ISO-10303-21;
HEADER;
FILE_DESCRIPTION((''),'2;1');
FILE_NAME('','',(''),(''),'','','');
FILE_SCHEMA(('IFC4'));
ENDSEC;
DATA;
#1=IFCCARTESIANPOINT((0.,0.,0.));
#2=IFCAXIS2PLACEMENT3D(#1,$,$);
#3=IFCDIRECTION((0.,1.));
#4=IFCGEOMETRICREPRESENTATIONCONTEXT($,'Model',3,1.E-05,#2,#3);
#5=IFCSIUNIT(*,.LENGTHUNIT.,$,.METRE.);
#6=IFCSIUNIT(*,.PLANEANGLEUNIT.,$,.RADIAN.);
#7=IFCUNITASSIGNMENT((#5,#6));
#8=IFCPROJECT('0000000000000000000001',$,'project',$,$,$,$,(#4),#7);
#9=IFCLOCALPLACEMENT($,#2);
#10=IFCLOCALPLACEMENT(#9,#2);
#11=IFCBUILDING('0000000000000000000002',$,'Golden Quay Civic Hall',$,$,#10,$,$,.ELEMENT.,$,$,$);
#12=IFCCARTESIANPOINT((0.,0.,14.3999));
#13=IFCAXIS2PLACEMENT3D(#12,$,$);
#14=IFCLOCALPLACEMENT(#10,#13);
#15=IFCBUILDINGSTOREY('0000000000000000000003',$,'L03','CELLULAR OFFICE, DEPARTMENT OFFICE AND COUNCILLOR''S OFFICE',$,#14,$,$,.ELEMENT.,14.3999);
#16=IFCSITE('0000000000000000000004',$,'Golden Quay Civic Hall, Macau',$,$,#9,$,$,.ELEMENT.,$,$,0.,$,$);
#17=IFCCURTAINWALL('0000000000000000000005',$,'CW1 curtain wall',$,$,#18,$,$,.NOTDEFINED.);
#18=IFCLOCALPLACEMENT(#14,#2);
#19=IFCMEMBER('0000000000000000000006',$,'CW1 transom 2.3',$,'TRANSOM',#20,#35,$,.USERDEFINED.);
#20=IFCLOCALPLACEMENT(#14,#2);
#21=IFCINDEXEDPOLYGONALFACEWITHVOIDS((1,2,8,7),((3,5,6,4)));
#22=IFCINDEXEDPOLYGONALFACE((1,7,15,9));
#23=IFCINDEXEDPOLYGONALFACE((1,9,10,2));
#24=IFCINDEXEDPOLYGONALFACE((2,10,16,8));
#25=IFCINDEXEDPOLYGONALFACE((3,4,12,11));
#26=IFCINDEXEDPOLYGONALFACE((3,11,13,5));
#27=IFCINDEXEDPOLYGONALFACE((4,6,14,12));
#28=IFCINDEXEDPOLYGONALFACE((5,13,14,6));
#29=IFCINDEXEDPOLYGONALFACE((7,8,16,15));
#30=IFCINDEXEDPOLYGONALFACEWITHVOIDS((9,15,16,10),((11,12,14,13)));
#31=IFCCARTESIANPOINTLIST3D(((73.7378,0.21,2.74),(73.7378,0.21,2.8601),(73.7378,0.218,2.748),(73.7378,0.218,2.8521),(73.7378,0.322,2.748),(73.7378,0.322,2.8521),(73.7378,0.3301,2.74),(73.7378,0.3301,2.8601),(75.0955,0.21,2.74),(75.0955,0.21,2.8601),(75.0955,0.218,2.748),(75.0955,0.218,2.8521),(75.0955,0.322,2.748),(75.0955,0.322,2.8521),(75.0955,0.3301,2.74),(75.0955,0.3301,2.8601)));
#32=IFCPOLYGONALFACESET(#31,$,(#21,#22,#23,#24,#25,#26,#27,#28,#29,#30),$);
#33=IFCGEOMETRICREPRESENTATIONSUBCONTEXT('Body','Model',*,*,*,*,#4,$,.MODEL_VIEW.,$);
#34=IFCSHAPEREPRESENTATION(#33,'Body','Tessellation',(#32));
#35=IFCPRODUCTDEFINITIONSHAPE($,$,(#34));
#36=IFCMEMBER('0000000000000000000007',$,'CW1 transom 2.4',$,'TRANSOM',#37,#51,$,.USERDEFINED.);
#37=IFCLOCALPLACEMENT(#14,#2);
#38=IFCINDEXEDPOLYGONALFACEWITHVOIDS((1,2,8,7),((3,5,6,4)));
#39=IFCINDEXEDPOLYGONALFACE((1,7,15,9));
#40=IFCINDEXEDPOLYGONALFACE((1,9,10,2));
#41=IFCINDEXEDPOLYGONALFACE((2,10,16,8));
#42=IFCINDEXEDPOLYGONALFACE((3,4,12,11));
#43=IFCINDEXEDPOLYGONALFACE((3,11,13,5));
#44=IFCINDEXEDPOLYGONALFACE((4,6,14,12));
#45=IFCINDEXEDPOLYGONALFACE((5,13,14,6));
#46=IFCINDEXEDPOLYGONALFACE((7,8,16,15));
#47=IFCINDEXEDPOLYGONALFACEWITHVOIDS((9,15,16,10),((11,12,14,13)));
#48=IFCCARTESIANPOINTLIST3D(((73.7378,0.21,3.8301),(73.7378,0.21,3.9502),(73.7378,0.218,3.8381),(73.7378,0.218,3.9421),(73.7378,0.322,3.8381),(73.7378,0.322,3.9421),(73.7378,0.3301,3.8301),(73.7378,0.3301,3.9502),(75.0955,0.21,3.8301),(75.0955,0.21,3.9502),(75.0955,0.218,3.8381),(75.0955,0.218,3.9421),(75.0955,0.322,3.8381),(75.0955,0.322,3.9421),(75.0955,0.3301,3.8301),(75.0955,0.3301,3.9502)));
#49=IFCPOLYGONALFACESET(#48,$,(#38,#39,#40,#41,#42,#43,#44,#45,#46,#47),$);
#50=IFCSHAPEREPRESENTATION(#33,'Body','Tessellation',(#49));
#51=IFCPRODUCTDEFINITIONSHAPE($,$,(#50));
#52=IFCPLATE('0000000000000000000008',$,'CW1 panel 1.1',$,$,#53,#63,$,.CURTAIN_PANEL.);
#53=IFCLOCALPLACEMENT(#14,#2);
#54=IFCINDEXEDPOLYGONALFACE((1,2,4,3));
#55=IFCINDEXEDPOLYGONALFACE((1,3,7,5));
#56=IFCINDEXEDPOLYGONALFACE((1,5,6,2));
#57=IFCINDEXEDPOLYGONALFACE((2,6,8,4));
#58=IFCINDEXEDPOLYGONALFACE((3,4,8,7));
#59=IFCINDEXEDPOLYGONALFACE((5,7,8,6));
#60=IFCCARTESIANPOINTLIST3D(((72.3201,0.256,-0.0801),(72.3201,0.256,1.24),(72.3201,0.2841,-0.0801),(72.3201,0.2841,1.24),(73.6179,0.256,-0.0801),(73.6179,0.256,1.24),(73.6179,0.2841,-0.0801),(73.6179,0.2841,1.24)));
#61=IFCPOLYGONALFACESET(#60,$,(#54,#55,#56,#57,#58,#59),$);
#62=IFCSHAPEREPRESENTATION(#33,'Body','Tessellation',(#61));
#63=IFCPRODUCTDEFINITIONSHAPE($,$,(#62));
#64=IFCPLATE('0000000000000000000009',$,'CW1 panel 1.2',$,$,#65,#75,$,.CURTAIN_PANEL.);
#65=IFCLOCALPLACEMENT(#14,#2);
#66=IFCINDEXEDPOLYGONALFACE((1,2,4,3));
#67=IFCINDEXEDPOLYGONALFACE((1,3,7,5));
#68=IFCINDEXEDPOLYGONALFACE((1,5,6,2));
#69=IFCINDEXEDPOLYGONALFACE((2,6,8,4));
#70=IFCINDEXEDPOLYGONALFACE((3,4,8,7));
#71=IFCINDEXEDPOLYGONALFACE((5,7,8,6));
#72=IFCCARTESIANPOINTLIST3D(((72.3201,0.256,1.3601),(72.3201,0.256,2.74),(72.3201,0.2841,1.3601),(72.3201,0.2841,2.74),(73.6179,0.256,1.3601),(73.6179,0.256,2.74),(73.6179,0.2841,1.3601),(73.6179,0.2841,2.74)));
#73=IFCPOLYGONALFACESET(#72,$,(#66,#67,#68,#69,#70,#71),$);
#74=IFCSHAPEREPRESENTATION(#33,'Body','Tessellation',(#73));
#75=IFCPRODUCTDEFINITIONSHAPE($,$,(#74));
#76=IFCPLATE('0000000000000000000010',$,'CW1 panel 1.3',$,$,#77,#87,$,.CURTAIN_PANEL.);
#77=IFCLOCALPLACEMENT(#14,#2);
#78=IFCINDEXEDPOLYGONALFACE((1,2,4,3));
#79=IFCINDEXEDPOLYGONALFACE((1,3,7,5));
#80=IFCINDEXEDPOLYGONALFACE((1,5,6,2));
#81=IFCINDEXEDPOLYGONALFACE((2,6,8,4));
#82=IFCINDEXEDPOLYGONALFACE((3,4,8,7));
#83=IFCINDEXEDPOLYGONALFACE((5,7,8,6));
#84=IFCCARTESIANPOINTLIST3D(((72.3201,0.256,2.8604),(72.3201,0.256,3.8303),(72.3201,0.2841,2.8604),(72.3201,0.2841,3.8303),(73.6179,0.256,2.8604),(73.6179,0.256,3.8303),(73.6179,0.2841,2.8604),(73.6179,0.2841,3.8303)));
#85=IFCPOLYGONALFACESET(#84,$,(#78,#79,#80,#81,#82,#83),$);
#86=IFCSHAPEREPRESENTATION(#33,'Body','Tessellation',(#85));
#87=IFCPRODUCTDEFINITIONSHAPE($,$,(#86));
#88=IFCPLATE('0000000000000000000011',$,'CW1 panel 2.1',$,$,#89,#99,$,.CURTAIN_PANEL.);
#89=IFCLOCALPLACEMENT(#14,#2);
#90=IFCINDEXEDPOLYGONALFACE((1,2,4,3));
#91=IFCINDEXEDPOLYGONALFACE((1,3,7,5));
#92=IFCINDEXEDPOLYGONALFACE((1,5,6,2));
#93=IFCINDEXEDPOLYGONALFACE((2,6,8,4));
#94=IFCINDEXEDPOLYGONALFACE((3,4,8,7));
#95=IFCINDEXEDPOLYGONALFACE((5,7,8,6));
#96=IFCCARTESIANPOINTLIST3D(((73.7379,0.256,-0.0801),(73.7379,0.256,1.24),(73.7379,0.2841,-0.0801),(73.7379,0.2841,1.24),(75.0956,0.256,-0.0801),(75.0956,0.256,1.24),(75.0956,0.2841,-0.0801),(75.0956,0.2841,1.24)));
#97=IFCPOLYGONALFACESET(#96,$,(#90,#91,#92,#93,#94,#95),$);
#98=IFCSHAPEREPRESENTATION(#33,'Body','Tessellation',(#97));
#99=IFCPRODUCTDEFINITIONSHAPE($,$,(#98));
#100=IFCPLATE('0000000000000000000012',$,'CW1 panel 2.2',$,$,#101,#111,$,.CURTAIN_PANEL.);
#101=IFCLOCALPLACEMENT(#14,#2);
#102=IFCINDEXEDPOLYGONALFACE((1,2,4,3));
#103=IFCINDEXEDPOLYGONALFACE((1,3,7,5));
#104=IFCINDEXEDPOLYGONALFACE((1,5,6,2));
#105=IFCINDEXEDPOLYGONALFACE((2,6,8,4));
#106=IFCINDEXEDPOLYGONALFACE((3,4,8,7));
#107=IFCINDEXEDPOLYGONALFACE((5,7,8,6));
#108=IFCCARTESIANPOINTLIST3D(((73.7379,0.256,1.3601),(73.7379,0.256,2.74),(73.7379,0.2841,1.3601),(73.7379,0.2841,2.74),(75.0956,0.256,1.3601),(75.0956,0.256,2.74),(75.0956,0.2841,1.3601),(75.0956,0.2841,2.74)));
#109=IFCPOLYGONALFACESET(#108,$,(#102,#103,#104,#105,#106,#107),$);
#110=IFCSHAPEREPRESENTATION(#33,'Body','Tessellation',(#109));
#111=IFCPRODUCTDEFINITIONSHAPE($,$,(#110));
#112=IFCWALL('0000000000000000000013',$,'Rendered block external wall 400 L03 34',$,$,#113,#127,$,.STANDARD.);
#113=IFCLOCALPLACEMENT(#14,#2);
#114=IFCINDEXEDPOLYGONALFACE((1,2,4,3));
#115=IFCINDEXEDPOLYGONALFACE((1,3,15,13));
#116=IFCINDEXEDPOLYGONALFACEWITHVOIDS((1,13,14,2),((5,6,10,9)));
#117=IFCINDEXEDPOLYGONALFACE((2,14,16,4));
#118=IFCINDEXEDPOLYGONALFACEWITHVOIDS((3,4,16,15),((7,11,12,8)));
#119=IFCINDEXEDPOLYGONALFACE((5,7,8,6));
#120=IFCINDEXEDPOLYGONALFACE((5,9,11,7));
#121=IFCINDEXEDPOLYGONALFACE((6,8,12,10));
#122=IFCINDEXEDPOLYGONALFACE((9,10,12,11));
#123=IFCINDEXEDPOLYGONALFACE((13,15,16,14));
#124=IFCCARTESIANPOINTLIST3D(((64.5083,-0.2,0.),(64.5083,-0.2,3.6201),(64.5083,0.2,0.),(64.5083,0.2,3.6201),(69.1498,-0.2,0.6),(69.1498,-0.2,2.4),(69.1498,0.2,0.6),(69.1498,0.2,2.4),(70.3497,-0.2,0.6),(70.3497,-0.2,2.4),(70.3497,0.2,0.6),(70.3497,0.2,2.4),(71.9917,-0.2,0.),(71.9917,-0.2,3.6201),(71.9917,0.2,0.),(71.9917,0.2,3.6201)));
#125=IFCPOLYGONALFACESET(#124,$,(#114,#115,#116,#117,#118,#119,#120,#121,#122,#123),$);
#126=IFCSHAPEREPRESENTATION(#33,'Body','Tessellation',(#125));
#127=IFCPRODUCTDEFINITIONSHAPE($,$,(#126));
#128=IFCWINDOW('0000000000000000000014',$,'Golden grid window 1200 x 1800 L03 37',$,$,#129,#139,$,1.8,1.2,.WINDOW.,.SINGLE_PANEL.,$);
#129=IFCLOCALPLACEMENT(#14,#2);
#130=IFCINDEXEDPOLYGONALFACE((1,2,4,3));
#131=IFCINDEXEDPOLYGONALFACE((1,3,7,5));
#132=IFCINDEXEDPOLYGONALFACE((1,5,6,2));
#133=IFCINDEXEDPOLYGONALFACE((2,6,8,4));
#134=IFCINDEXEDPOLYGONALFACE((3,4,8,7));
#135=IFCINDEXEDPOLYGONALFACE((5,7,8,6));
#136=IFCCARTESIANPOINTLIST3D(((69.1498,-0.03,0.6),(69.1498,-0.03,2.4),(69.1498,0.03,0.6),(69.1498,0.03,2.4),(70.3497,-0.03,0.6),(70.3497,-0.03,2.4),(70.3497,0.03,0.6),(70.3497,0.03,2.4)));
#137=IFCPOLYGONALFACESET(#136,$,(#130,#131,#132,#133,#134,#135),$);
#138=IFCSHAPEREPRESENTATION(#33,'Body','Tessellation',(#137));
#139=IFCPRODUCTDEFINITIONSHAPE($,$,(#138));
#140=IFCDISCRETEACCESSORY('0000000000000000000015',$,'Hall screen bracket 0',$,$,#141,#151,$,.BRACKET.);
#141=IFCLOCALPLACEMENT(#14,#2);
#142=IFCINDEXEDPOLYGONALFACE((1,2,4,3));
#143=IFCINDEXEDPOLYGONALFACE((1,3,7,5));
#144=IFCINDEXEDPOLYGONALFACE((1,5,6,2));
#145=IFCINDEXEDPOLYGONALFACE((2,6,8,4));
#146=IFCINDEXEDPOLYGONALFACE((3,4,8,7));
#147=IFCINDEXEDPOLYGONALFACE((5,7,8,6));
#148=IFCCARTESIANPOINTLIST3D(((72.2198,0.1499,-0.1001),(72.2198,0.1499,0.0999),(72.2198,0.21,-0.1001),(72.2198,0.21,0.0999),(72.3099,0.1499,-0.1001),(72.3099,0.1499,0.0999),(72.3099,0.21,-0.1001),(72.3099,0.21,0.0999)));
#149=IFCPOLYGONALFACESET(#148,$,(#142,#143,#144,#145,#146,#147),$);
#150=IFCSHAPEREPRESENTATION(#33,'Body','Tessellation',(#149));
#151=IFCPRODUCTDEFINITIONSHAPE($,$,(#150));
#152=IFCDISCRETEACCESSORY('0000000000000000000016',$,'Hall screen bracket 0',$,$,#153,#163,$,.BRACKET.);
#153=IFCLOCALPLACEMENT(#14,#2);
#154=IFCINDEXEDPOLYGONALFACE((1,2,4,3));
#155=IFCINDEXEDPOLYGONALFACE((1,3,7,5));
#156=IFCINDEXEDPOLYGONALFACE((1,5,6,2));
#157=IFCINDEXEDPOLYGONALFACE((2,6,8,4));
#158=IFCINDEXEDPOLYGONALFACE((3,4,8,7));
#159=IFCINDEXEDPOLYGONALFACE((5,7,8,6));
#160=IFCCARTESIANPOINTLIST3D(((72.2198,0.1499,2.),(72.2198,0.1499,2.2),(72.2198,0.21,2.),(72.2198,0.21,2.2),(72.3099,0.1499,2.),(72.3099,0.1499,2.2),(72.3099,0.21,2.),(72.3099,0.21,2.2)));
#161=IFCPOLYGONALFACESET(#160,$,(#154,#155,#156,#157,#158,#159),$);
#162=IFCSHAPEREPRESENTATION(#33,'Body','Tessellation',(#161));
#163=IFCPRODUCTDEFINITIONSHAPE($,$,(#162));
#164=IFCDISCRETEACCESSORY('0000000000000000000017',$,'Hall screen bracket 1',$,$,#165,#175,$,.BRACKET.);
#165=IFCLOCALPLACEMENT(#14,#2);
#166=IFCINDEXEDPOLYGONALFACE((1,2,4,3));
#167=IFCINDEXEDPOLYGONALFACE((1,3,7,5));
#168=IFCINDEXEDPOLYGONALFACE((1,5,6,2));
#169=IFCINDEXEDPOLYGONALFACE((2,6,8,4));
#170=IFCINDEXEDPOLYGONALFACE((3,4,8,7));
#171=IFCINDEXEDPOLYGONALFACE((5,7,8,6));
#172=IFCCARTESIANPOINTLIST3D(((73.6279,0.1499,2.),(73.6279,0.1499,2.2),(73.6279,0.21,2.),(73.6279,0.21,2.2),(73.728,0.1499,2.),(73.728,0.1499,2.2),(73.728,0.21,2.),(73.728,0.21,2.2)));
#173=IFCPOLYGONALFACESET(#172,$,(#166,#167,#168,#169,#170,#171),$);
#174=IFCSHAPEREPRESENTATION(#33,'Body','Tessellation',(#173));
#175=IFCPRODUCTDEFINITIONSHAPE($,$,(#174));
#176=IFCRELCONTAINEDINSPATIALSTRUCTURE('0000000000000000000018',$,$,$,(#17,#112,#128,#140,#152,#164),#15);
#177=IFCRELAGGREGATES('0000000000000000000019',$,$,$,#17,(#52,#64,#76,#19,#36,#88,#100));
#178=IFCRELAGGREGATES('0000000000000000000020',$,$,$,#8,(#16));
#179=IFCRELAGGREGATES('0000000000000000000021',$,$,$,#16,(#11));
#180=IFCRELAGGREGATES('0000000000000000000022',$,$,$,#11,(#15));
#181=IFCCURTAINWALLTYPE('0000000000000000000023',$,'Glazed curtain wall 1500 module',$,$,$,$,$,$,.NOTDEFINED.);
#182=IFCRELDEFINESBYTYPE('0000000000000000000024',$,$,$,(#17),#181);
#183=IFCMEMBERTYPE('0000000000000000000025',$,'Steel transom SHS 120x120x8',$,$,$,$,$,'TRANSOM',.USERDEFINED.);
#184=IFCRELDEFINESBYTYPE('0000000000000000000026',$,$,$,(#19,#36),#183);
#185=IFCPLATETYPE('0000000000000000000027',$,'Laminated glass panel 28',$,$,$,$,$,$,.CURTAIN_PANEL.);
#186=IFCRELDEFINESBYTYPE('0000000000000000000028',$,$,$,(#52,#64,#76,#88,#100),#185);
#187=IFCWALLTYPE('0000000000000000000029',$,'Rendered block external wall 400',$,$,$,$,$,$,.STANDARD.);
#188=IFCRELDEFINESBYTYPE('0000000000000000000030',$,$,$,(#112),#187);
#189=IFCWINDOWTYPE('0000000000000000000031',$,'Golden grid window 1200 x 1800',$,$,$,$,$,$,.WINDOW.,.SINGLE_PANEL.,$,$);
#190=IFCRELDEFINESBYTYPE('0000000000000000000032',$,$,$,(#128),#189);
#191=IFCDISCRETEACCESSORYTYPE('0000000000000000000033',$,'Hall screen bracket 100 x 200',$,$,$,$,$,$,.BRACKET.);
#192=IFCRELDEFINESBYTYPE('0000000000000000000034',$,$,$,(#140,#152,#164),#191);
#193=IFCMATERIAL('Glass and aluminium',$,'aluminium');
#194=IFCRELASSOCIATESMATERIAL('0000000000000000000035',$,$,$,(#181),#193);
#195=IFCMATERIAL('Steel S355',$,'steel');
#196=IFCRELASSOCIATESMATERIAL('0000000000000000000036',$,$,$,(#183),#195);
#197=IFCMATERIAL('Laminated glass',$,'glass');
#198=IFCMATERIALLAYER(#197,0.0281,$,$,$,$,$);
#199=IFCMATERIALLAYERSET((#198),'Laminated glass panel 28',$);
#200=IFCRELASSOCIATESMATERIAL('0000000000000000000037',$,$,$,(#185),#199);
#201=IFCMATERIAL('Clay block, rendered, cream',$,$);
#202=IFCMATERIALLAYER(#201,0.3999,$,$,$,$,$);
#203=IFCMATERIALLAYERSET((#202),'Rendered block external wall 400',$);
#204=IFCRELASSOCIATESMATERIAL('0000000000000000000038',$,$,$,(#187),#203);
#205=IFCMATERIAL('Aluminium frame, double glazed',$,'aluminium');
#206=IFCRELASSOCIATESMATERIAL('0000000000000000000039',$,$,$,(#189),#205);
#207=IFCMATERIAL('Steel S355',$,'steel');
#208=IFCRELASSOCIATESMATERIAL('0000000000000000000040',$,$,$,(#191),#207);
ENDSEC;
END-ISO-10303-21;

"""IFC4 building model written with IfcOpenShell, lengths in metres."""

from ifc_helpers import new_model, si_unit, direction, frame, frame_2d, origin, origin_2d, place, context, subcontext, project, spatial, rectangle, hollow_rectangle, extrude, material, layer, layer_set, material_profile, profile_set, type_object, element, fill, aggregate, save


model = new_model("IFC4")

# Units and contexts
model_context = context("Model", 3, precision=1e-05, world=origin(), true_north=direction((0.0, 1.0)))
body_context = subcontext(model_context, "Body", "Model", "MODEL_VIEW")
ifc_project = project(units=[si_unit("LENGTHUNIT", "METRE"), si_unit("PLANEANGLEUNIT", "RADIAN")], contexts=[model_context])

# Site, building, storey
site_placement = place(None, origin())
site = spatial("IfcSite", under=ifc_project, at=site_placement, Name="Golden Quay Civic Hall, Macau", CompositionType="ELEMENT", RefElevation=0.0)
building_placement = place(site_placement, origin())
building = spatial("IfcBuilding", under=site, at=building_placement, Name="Golden Quay Civic Hall", CompositionType="ELEMENT")
storey_placement = place(building_placement, frame((0.0, 0.0, 14.3999)))
storey = spatial("IfcBuildingStorey", under=building, at=storey_placement, Name="L03", Description="CELLULAR OFFICE, DEPARTMENT OFFICE AND COUNCILLOR'S OFFICE", CompositionType="ELEMENT", Elevation=14.3999)

# Curtain wall, members, plates
ifc_material_1 = material(Name="Glass and aluminium", Category="aluminium")
curtain_wall_type = type_object("IfcCurtainWallType", Name="Glazed curtain wall 1500 module", PredefinedType="NOTDEFINED", material=ifc_material_1)
curtain_wall_placement = place(storey_placement, origin())
curtain_wall = element("IfcCurtainWall", 1, at=curtain_wall_placement, inside=storey, type_object=curtain_wall_type, Name="CW1 curtain wall", PredefinedType="NOTDEFINED")
ifc_material_2 = material(Name="Steel S355", Category="steel")
ifc_material_profile_1 = material_profile(ifc_material_2, hollow_rectangle(XDim=0.1201, YDim=0.1201, WallThickness=0.0081, at=origin_2d()), Name="SHS 120x120x8")
ifc_profile_set_1 = profile_set([ifc_material_profile_1], Name="Steel S355")
member_type_1 = type_object("IfcMemberType", Name="Steel transom SHS 120x120x8", ElementType="TRANSOM", PredefinedType="USERDEFINED", material=ifc_profile_set_1)
member_1_placement = place(storey_placement, frame((73.7378, 0.27, 2.8), z_axis=(1.0, 0.0, 0.0), x_axis=(0.0, 1.0, 0.0)))
member_1 = element("IfcMember", 2, at=member_1_placement, type_object=member_type_1, Name="CW1 transom 2.3", ObjectType="TRANSOM", PredefinedType="USERDEFINED", context=body_context, shape_type="SweptSolid", body=[
    extrude(hollow_rectangle(XDim=0.1201, YDim=0.1201, WallThickness=0.0081, at=origin_2d()), origin(), (0.0, 0.0, 1.0), 1.3577),
])
member_2_placement = place(storey_placement, frame((73.7378, 0.27, 3.8901), z_axis=(1.0, 0.0, 0.0), x_axis=(0.0, 1.0, 0.0)))
member_2 = element("IfcMember", 3, at=member_2_placement, type_object=member_type_1, Name="CW1 transom 2.4", ObjectType="TRANSOM", PredefinedType="USERDEFINED", context=body_context, shape_type="SweptSolid", body=[
    extrude(hollow_rectangle(XDim=0.1201, YDim=0.1201, WallThickness=0.0081, at=origin_2d()), origin(), (0.0, 0.0, 1.0), 1.3577),
])
ifc_material_3 = material(Name="Laminated glass", Category="glass")
ifc_layer_1 = layer(ifc_material_3, 0.0281)
ifc_layer_set_1 = layer_set([ifc_layer_1], Name="Laminated glass panel 28")
plate_type = type_object("IfcPlateType", Name="Laminated glass panel 28", PredefinedType="CURTAIN_PANEL", material=ifc_layer_set_1)
plate_1_placement = place(storey_placement, frame((72.969, 0.27, -0.0801), z_axis=(0.0, 0.0, 1.0), x_axis=(1.0, 0.0, 0.0)))
plate_1 = element("IfcPlate", 4, at=plate_1_placement, type_object=plate_type, Name="CW1 panel 1.1", PredefinedType="CURTAIN_PANEL", context=body_context, shape_type="SweptSolid", body=[
    extrude(rectangle(XDim=1.2979, YDim=0.0281, at=origin_2d()), origin(), (0.0, 0.0, 1.0), 1.3201),
])
plate_2_placement = place(storey_placement, frame((72.969, 0.27, 1.3601), z_axis=(0.0, 0.0, 1.0), x_axis=(1.0, 0.0, 0.0)))
plate_2 = element("IfcPlate", 5, at=plate_2_placement, type_object=plate_type, Name="CW1 panel 1.2", PredefinedType="CURTAIN_PANEL", context=body_context, shape_type="SweptSolid", body=[
    extrude(rectangle(XDim=1.2979, YDim=0.0281, at=origin_2d()), origin(), (0.0, 0.0, 1.0), 1.3799),
])
plate_3_placement = place(storey_placement, frame((72.969, 0.27, 2.8604), z_axis=(0.0, 0.0, 1.0), x_axis=(1.0, 0.0, 0.0)))
plate_3 = element("IfcPlate", 6, at=plate_3_placement, type_object=plate_type, Name="CW1 panel 1.3", PredefinedType="CURTAIN_PANEL", context=body_context, shape_type="SweptSolid", body=[
    extrude(rectangle(XDim=1.2979, YDim=0.0281, at=origin_2d()), origin(), (0.0, 0.0, 1.0), 0.97),
])
plate_4_placement = place(storey_placement, frame((74.4167, 0.27, -0.0801), z_axis=(0.0, 0.0, 1.0), x_axis=(1.0, 0.0, 0.0)))
plate_4 = element("IfcPlate", 7, at=plate_4_placement, type_object=plate_type, Name="CW1 panel 2.1", PredefinedType="CURTAIN_PANEL", context=body_context, shape_type="SweptSolid", body=[
    extrude(rectangle(XDim=1.3577, YDim=0.0281, at=origin_2d()), origin(), (0.0, 0.0, 1.0), 1.3201),
])
plate_5_placement = place(storey_placement, frame((74.4167, 0.27, 1.3601), z_axis=(0.0, 0.0, 1.0), x_axis=(1.0, 0.0, 0.0)))
plate_5 = element("IfcPlate", 8, at=plate_5_placement, type_object=plate_type, Name="CW1 panel 2.2", PredefinedType="CURTAIN_PANEL", context=body_context, shape_type="SweptSolid", body=[
    extrude(rectangle(XDim=1.3577, YDim=0.0281, at=origin_2d()), origin(), (0.0, 0.0, 1.0), 1.3799),
])
aggregate(curtain_wall, [plate_1, plate_2, plate_3, member_1, member_2, plate_4, plate_5])

# Wall, opening, window
ifc_material_4 = material(Name="Clay block, rendered, cream")
ifc_layer_2 = layer(ifc_material_4, 0.3999)
ifc_layer_set_2 = layer_set([ifc_layer_2], Name="Rendered block external wall 400")
wall_type = type_object("IfcWallType", Name="Rendered block external wall 400", PredefinedType="STANDARD", material=ifc_layer_set_2)
wall_placement = place(storey_placement, frame((71.9917, 0.0, 0.0), z_axis=(0.0, 0.0, 1.0), x_axis=(-1.0, 0.0, 0.0)))
wall = element("IfcWall", 9, at=wall_placement, inside=storey, type_object=wall_type, Name="Rendered block external wall 400 L03 34", PredefinedType="STANDARD", context=body_context, shape_type="SweptSolid", body=[
    extrude(rectangle(XDim=7.4834, YDim=0.3999, at=frame_2d((3.7417, 0.0))), origin(), (0.0, 0.0, 1.0), 3.6201),
])
opening_placement = place(wall_placement, frame((1.6418, 0.0, 0.6001)))
opening = element("IfcOpeningElement", 10, at=opening_placement, cuts=wall, PredefinedType="OPENING", context=body_context, shape_type="SweptSolid", body=[
    extrude(rectangle(XDim=1.2, YDim=1.8, at=frame_2d((0.6001, 0.8999))), frame((0.0, 0.21, 0.0), z_axis=(0.0, -1.0, 0.0), x_axis=(1.0, 0.0, 0.0)), (0.0, 0.0, 1.0), 0.4199),
])
ifc_material_5 = material(Name="Aluminium frame, double glazed", Category="aluminium")
window_type = type_object("IfcWindowType", Name="Golden grid window 1200 x 1800", PartitioningType="SINGLE_PANEL", PredefinedType="WINDOW", material=ifc_material_5)
window_placement = place(opening_placement, origin())
window = element("IfcWindow", 11, at=window_placement, inside=storey, type_object=window_type, Name="Golden grid window 1200 x 1800 L03 37", OverallHeight=1.8, OverallWidth=1.2, PartitioningType="SINGLE_PANEL", PredefinedType="WINDOW", context=body_context, shape_type="SweptSolid", body=[
    extrude(rectangle(XDim=1.2, YDim=1.8, at=frame_2d((0.6001, 0.8999))), frame((0.0, 0.03, 0.0), z_axis=(0.0, -1.0, 0.0), x_axis=(1.0, 0.0, 0.0)), (0.0, 0.0, 1.0), 0.0601),
])
fill(opening, window)

# Discrete accessories
ifc_material_6 = material(Name="Steel S355", Category="steel")
discrete_accessory_type = type_object("IfcDiscreteAccessoryType", Name="Hall screen bracket 100 x 200", PredefinedType="BRACKET", material=ifc_material_6)
for number, where, z_axis, x_axis, name in (
    (12, (72.2649, 0.1799, -0.1001), (0.0, 0.0, 1.0), (1.0, 0.0, 0.0), "Hall screen bracket 0"),
    (13, (72.2649, 0.1799, 2.0), (0.0, 0.0, 1.0), (1.0, 0.0, 0.0), "Hall screen bracket 0"),
):
    element("IfcDiscreteAccessory", number, at=place(storey_placement, frame(where, z_axis=z_axis, x_axis=x_axis)), inside=storey, type_object=discrete_accessory_type, Name=name, PredefinedType="BRACKET", context=body_context, shape_type="SweptSolid", body=[
        extrude(rectangle(XDim=0.0901, YDim=0.0601, at=origin_2d()), origin(), (0.0, 0.0, 1.0), 0.2),
    ])
discrete_accessory_placement = place(storey_placement, frame((73.678, 0.1799, 2.0), z_axis=(0.0, 0.0, 1.0), x_axis=(1.0, 0.0, 0.0)))
element("IfcDiscreteAccessory", 14, at=discrete_accessory_placement, inside=storey, type_object=discrete_accessory_type, Name="Hall screen bracket 1", PredefinedType="BRACKET", context=body_context, shape_type="SweptSolid", body=[
    extrude(rectangle(XDim=0.1001, YDim=0.0601, at=origin_2d()), origin(), (0.0, 0.0, 1.0), 0.2),
])

save(model, "model.ifc")
